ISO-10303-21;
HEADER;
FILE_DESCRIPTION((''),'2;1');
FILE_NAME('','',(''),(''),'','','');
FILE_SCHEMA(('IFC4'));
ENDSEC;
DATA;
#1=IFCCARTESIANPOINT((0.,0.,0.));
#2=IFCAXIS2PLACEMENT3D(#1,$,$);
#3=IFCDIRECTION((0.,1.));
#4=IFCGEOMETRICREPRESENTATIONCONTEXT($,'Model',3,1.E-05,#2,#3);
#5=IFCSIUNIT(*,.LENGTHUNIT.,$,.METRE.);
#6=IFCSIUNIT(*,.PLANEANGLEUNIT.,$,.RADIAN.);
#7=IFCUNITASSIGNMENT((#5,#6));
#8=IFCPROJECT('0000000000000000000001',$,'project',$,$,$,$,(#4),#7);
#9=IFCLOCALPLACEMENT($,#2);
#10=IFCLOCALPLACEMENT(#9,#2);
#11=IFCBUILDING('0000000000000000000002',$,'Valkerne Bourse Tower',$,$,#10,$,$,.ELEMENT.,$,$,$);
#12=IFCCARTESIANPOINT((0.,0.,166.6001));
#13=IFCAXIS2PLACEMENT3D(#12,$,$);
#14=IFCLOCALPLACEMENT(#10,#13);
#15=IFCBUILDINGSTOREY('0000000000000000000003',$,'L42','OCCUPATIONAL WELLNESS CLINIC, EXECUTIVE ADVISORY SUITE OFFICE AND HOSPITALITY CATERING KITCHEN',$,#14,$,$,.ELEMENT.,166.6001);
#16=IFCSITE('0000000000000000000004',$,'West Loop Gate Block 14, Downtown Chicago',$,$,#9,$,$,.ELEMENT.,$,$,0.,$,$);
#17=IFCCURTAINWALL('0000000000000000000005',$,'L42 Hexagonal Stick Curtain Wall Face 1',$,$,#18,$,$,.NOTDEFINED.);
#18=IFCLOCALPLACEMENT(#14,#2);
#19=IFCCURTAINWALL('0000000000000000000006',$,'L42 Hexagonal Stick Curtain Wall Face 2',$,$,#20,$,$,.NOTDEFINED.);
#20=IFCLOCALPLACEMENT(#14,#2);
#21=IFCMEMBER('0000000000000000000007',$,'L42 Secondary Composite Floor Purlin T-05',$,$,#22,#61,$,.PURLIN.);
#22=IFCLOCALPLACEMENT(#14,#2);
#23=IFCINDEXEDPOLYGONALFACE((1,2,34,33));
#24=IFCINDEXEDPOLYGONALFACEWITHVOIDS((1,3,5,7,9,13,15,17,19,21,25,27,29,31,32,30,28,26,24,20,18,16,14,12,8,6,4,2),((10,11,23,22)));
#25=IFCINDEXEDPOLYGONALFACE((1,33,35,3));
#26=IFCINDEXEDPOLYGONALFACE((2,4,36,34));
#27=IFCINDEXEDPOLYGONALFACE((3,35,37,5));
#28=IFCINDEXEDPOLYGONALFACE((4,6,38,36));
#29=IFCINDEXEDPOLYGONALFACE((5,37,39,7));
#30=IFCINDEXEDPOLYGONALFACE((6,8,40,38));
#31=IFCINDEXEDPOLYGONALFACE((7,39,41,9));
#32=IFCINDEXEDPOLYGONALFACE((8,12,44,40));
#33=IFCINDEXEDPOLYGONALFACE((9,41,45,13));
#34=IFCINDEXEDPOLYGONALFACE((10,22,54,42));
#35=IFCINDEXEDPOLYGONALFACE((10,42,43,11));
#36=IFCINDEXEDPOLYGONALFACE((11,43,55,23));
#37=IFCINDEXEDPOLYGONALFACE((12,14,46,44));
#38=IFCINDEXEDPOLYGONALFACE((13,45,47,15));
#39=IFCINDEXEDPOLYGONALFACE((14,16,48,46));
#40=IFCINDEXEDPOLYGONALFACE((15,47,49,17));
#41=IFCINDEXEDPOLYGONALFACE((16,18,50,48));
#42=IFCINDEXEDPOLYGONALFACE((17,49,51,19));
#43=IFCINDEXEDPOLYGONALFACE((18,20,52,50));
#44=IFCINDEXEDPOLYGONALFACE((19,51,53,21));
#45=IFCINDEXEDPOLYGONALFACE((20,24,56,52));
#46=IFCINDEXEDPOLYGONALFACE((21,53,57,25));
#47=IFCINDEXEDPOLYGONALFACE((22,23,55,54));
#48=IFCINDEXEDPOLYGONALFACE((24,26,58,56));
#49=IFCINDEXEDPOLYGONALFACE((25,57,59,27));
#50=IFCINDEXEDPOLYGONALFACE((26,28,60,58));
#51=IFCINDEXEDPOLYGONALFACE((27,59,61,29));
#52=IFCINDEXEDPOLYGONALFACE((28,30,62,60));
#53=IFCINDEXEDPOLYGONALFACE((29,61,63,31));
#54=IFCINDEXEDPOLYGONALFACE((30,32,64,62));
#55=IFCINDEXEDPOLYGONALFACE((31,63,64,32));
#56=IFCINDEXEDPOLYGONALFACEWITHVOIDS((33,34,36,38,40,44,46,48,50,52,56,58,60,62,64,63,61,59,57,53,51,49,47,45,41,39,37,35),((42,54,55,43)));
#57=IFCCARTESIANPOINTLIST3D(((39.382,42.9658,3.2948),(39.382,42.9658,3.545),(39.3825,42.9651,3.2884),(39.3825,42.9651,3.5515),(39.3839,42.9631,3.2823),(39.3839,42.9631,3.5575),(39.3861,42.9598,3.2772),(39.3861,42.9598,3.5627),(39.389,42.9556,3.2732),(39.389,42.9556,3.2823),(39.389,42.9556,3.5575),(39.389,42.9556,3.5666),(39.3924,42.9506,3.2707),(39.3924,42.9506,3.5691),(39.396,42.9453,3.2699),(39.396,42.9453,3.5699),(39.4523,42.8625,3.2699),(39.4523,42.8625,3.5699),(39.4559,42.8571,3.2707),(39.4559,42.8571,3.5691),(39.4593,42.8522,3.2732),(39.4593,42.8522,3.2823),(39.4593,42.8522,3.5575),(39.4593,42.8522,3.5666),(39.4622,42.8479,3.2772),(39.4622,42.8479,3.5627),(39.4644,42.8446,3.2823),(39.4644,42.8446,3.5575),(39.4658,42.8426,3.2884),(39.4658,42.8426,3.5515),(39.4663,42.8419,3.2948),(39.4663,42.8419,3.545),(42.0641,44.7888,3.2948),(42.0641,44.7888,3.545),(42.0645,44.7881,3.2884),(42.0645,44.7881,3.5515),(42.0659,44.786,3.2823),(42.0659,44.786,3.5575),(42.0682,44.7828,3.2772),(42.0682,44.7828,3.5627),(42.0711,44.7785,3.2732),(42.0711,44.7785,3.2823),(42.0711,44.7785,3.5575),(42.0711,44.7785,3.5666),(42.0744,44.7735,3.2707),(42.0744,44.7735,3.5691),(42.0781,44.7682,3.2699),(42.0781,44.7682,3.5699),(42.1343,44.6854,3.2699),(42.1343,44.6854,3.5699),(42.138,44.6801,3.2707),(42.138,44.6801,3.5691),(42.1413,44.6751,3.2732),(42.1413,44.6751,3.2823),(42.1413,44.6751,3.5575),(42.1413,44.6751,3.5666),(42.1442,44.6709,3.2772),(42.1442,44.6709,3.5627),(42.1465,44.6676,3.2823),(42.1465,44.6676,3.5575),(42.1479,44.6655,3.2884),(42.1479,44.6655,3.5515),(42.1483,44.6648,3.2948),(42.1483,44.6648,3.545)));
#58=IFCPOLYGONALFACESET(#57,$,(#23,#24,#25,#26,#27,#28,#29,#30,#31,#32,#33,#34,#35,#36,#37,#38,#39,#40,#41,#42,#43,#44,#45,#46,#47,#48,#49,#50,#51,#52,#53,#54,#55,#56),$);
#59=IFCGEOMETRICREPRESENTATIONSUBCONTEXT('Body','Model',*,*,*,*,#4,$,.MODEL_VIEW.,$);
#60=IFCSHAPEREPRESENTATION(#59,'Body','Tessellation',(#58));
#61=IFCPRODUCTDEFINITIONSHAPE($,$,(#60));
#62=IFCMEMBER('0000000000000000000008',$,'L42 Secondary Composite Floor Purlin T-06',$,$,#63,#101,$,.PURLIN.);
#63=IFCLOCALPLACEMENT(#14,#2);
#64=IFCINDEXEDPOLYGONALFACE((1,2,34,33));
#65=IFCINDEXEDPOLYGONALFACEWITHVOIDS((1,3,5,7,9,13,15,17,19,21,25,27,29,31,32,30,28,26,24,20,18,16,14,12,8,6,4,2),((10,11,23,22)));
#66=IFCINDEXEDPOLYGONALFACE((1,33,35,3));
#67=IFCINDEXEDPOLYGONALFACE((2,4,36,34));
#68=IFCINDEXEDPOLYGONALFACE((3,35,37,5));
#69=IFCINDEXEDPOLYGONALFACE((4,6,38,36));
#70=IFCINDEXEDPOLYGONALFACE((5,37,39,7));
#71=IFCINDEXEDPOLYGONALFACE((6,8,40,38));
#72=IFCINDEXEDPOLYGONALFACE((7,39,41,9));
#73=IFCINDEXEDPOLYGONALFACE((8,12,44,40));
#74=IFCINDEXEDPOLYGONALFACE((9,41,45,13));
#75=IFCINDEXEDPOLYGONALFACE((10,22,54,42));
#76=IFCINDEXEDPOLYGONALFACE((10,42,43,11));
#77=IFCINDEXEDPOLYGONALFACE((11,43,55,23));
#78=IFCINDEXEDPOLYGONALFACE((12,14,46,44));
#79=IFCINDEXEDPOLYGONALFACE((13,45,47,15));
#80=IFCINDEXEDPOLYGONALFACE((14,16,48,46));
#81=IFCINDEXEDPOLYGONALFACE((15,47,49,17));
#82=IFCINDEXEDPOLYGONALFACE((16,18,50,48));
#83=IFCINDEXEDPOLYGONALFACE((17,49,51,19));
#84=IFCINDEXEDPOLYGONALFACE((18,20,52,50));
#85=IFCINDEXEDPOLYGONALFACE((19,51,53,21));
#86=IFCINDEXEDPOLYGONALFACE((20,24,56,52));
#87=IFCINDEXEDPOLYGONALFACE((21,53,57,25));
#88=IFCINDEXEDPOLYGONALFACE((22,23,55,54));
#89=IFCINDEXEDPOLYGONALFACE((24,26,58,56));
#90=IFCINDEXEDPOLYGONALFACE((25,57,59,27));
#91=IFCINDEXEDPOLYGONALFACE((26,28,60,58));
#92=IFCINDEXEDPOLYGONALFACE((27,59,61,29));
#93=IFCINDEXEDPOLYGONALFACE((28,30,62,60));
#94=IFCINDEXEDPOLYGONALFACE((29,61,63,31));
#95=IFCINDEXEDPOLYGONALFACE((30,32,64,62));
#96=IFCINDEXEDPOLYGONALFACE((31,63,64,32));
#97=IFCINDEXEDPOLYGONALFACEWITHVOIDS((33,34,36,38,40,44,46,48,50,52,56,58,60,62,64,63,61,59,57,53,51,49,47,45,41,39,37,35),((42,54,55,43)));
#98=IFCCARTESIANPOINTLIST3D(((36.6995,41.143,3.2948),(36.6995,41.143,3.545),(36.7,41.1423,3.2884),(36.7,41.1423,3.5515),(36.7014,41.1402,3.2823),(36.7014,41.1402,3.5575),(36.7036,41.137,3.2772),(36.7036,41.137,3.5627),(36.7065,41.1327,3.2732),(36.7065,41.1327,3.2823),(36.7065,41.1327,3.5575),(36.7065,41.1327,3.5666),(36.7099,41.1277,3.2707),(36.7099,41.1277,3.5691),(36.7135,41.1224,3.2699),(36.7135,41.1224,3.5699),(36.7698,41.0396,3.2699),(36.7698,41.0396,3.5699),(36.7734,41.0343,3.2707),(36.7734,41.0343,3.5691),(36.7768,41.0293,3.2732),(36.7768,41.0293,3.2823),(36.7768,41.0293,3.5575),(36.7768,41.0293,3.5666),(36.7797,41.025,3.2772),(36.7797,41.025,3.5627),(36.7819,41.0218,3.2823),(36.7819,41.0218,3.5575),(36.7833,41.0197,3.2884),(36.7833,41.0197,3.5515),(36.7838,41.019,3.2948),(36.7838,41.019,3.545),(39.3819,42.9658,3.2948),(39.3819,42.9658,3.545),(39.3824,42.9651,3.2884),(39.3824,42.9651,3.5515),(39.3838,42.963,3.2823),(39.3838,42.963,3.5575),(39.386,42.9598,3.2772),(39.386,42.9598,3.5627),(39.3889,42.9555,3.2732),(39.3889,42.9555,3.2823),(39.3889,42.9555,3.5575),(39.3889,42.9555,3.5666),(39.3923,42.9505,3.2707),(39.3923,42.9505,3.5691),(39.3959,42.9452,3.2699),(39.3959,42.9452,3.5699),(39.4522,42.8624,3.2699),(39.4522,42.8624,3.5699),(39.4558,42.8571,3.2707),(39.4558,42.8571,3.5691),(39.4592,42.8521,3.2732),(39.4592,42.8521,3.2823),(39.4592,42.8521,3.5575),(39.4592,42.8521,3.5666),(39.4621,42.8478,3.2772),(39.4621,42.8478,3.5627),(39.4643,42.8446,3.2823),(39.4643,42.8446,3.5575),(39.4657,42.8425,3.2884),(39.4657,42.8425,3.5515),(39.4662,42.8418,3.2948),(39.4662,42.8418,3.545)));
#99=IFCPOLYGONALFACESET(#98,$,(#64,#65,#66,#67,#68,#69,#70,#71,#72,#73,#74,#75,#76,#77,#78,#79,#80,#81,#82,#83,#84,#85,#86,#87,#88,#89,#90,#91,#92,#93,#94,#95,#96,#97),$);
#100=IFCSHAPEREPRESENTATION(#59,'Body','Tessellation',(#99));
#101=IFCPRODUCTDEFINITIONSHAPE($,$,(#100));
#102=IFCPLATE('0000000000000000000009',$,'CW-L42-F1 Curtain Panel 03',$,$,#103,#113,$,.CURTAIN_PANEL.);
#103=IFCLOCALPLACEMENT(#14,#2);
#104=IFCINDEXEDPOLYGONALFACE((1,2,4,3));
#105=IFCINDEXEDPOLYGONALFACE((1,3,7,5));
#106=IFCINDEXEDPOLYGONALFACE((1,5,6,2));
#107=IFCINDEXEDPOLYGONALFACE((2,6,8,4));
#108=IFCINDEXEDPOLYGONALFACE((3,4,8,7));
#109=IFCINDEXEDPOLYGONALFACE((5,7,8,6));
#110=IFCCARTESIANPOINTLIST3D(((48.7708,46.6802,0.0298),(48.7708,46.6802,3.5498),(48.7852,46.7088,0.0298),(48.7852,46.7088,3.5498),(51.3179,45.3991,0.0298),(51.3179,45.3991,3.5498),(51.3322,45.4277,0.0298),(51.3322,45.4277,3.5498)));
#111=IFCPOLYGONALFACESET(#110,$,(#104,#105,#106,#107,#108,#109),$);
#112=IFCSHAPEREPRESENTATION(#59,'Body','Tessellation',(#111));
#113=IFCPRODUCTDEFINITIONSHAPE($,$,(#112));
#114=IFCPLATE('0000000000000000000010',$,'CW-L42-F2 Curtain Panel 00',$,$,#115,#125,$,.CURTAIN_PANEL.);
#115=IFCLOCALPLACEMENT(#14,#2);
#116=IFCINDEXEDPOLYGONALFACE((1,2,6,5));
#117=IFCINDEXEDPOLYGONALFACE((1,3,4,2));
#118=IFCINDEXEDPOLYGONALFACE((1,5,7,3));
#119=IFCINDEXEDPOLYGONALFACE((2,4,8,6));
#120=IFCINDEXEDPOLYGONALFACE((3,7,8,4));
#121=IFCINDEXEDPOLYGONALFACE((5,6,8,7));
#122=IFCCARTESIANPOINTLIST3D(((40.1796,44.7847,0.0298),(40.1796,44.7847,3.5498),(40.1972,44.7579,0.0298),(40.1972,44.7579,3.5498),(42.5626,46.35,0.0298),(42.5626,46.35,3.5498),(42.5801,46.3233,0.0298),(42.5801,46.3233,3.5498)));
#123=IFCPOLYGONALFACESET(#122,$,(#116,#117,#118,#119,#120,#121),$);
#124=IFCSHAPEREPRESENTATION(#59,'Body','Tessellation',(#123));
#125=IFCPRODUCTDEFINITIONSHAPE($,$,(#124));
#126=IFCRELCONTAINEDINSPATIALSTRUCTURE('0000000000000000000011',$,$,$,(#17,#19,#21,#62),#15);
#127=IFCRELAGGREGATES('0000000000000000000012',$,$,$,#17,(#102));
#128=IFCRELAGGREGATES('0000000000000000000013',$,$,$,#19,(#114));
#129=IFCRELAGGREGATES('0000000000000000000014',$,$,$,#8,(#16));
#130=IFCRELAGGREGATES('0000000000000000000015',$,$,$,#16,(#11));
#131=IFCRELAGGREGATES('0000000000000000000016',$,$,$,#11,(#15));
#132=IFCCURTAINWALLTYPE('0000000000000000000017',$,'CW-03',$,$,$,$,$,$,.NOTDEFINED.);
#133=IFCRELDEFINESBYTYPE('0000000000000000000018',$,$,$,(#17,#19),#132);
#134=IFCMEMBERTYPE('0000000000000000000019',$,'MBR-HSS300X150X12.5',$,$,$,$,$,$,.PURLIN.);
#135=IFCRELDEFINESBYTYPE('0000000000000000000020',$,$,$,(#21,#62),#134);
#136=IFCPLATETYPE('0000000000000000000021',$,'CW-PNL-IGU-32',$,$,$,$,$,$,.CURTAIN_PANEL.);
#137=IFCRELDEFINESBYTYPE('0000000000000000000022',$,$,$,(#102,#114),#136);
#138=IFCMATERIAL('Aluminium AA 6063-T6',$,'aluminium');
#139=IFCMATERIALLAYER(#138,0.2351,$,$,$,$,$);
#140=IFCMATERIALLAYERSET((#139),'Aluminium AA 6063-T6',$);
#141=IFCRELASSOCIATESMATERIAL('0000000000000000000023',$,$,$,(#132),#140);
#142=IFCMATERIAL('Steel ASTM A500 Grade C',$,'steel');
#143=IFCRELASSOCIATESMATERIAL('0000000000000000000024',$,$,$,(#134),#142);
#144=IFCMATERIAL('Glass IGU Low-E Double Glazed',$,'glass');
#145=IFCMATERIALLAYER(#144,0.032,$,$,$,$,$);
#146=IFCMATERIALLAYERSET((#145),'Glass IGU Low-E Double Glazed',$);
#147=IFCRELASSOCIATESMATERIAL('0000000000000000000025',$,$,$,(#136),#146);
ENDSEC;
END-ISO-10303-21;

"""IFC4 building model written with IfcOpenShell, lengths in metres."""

from ifc_helpers import new_model, si_unit, direction, frame, origin, origin_2d, place, context, subcontext, project, spatial, rectangle, hollow_rectangle, extrude, material, layer, layer_set, material_profile, profile_set, type_object, element, aggregate, save


model = new_model("IFC4")

# Units and contexts
model_context = context("Model", 3, precision=1e-05, world=origin(), true_north=direction((0.0, 1.0)))
body_context = subcontext(model_context, "Body", "Model", "MODEL_VIEW")
ifc_project = project(units=[si_unit("LENGTHUNIT", "METRE"), si_unit("PLANEANGLEUNIT", "RADIAN")], contexts=[model_context])

# Site, building, storey
site_placement = place(None, origin())
site = spatial("IfcSite", under=ifc_project, at=site_placement, Name="West Loop Gate Block 14, Downtown Chicago", CompositionType="ELEMENT", RefElevation=0.0)
building_placement = place(site_placement, origin())
building = spatial("IfcBuilding", under=site, at=building_placement, Name="Valkerne Bourse Tower", CompositionType="ELEMENT")
storey_placement = place(building_placement, frame((0.0, 0.0, 166.6001)))
storey = spatial("IfcBuildingStorey", under=building, at=storey_placement, Name="L42", Description="OCCUPATIONAL WELLNESS CLINIC, EXECUTIVE ADVISORY SUITE OFFICE AND HOSPITALITY CATERING KITCHEN", CompositionType="ELEMENT", Elevation=166.6001)

# Curtain wall
ifc_material_1 = material(Name="Aluminium AA 6063-T6", Category="aluminium")
ifc_layer_1 = layer(ifc_material_1, 0.2351)
ifc_layer_set_1 = layer_set([ifc_layer_1], Name="Aluminium AA 6063-T6")
curtain_wall_type = type_object("IfcCurtainWallType", Name="CW-03", PredefinedType="NOTDEFINED", material=ifc_layer_set_1)
curtain_wall_1_placement = place(storey_placement, origin())
curtain_wall_1 = element("IfcCurtainWall", 1, at=curtain_wall_1_placement, inside=storey, type_object=curtain_wall_type, Name="L42 Hexagonal Stick Curtain Wall Face 1", PredefinedType="NOTDEFINED")

# Curtain wall
curtain_wall_2_placement = place(storey_placement, origin())
curtain_wall_2 = element("IfcCurtainWall", 2, at=curtain_wall_2_placement, inside=storey, type_object=curtain_wall_type, Name="L42 Hexagonal Stick Curtain Wall Face 2", PredefinedType="NOTDEFINED")

# Members
ifc_material_2 = material(Name="Steel ASTM A500 Grade C", Category="steel")
ifc_material_profile_1 = material_profile(ifc_material_2, hollow_rectangle(XDim=0.1499, YDim=0.3, WallThickness=0.0125, OuterFilletRadius=0.0249, at=origin_2d()), Name="HSS300X150X12.5")
ifc_profile_set_1 = profile_set([ifc_material_profile_1], Name="Steel ASTM A500 Grade C")
member_type_1 = type_object("IfcMemberType", Name="MBR-HSS300X150X12.5", PredefinedType="PURLIN", material=ifc_profile_set_1)
member_1_placement = place(storey_placement, frame((42.1062, 44.7268, 3.4199), z_axis=(-0.827048, -0.562131, 0.0), x_axis=(0.562131, -0.827048, 0.0)))
element("IfcMember", 3, at=member_1_placement, inside=storey, type_object=member_type_1, Name="L42 Secondary Composite Floor Purlin T-05", PredefinedType="PURLIN", context=body_context, shape_type="SweptSolid", body=[
    extrude(hollow_rectangle(XDim=0.1499, YDim=0.3, WallThickness=0.0125, OuterFilletRadius=0.0249, at=origin_2d()), origin(), (0.0, 0.0, 1.0), 3.2429),
])
member_2_placement = place(storey_placement, frame((39.4241, 42.9038, 3.4199), z_axis=(-0.827107, -0.562044, 0.0), x_axis=(0.562044, -0.827107, 0.0)))
element("IfcMember", 4, at=member_2_placement, inside=storey, type_object=member_type_1, Name="L42 Secondary Composite Floor Purlin T-06", PredefinedType="PURLIN", context=body_context, shape_type="SweptSolid", body=[
    extrude(hollow_rectangle(XDim=0.1499, YDim=0.3, WallThickness=0.0125, OuterFilletRadius=0.0249, at=origin_2d()), origin(), (0.0, 0.0, 1.0), 3.2432),
])

# Plates
ifc_material_3 = material(Name="Glass IGU Low-E Double Glazed", Category="glass")
ifc_layer_2 = layer(ifc_material_3, 0.032)
ifc_layer_set_2 = layer_set([ifc_layer_2], Name="Glass IGU Low-E Double Glazed")
plate_type = type_object("IfcPlateType", Name="CW-PNL-IGU-32", PredefinedType="CURTAIN_PANEL", material=ifc_layer_set_2)
plate_1_placement = place(storey_placement, frame((50.0515, 46.054, 0.0298), z_axis=(0.0, 0.0, 1.0), x_axis=(-0.893369, 0.449323, 0.0)))
plate_1 = element("IfcPlate", 5, at=plate_1_placement, type_object=plate_type, Name="CW-L42-F1 Curtain Panel 03", PredefinedType="CURTAIN_PANEL", context=body_context, shape_type="SweptSolid", body=[
    extrude(rectangle(XDim=2.8511, YDim=0.032, at=origin_2d()), origin(), (0.0, 0.0, 1.0), 3.52),
])
aggregate(curtain_wall_1, [plate_1])
plate_2_placement = place(storey_placement, frame((41.3799, 45.554, 0.0298), z_axis=(0.0, 0.0, 1.0), x_axis=(-0.835801, -0.549033, 0.0)))
plate_2 = element("IfcPlate", 6, at=plate_2_placement, type_object=plate_type, Name="CW-L42-F2 Curtain Panel 00", PredefinedType="CURTAIN_PANEL", context=body_context, shape_type="SweptSolid", body=[
    extrude(rectangle(XDim=2.8511, YDim=0.032, at=origin_2d()), origin(), (0.0, 0.0, 1.0), 3.52),
])
aggregate(curtain_wall_2, [plate_2])

save(model, "model.ifc")
